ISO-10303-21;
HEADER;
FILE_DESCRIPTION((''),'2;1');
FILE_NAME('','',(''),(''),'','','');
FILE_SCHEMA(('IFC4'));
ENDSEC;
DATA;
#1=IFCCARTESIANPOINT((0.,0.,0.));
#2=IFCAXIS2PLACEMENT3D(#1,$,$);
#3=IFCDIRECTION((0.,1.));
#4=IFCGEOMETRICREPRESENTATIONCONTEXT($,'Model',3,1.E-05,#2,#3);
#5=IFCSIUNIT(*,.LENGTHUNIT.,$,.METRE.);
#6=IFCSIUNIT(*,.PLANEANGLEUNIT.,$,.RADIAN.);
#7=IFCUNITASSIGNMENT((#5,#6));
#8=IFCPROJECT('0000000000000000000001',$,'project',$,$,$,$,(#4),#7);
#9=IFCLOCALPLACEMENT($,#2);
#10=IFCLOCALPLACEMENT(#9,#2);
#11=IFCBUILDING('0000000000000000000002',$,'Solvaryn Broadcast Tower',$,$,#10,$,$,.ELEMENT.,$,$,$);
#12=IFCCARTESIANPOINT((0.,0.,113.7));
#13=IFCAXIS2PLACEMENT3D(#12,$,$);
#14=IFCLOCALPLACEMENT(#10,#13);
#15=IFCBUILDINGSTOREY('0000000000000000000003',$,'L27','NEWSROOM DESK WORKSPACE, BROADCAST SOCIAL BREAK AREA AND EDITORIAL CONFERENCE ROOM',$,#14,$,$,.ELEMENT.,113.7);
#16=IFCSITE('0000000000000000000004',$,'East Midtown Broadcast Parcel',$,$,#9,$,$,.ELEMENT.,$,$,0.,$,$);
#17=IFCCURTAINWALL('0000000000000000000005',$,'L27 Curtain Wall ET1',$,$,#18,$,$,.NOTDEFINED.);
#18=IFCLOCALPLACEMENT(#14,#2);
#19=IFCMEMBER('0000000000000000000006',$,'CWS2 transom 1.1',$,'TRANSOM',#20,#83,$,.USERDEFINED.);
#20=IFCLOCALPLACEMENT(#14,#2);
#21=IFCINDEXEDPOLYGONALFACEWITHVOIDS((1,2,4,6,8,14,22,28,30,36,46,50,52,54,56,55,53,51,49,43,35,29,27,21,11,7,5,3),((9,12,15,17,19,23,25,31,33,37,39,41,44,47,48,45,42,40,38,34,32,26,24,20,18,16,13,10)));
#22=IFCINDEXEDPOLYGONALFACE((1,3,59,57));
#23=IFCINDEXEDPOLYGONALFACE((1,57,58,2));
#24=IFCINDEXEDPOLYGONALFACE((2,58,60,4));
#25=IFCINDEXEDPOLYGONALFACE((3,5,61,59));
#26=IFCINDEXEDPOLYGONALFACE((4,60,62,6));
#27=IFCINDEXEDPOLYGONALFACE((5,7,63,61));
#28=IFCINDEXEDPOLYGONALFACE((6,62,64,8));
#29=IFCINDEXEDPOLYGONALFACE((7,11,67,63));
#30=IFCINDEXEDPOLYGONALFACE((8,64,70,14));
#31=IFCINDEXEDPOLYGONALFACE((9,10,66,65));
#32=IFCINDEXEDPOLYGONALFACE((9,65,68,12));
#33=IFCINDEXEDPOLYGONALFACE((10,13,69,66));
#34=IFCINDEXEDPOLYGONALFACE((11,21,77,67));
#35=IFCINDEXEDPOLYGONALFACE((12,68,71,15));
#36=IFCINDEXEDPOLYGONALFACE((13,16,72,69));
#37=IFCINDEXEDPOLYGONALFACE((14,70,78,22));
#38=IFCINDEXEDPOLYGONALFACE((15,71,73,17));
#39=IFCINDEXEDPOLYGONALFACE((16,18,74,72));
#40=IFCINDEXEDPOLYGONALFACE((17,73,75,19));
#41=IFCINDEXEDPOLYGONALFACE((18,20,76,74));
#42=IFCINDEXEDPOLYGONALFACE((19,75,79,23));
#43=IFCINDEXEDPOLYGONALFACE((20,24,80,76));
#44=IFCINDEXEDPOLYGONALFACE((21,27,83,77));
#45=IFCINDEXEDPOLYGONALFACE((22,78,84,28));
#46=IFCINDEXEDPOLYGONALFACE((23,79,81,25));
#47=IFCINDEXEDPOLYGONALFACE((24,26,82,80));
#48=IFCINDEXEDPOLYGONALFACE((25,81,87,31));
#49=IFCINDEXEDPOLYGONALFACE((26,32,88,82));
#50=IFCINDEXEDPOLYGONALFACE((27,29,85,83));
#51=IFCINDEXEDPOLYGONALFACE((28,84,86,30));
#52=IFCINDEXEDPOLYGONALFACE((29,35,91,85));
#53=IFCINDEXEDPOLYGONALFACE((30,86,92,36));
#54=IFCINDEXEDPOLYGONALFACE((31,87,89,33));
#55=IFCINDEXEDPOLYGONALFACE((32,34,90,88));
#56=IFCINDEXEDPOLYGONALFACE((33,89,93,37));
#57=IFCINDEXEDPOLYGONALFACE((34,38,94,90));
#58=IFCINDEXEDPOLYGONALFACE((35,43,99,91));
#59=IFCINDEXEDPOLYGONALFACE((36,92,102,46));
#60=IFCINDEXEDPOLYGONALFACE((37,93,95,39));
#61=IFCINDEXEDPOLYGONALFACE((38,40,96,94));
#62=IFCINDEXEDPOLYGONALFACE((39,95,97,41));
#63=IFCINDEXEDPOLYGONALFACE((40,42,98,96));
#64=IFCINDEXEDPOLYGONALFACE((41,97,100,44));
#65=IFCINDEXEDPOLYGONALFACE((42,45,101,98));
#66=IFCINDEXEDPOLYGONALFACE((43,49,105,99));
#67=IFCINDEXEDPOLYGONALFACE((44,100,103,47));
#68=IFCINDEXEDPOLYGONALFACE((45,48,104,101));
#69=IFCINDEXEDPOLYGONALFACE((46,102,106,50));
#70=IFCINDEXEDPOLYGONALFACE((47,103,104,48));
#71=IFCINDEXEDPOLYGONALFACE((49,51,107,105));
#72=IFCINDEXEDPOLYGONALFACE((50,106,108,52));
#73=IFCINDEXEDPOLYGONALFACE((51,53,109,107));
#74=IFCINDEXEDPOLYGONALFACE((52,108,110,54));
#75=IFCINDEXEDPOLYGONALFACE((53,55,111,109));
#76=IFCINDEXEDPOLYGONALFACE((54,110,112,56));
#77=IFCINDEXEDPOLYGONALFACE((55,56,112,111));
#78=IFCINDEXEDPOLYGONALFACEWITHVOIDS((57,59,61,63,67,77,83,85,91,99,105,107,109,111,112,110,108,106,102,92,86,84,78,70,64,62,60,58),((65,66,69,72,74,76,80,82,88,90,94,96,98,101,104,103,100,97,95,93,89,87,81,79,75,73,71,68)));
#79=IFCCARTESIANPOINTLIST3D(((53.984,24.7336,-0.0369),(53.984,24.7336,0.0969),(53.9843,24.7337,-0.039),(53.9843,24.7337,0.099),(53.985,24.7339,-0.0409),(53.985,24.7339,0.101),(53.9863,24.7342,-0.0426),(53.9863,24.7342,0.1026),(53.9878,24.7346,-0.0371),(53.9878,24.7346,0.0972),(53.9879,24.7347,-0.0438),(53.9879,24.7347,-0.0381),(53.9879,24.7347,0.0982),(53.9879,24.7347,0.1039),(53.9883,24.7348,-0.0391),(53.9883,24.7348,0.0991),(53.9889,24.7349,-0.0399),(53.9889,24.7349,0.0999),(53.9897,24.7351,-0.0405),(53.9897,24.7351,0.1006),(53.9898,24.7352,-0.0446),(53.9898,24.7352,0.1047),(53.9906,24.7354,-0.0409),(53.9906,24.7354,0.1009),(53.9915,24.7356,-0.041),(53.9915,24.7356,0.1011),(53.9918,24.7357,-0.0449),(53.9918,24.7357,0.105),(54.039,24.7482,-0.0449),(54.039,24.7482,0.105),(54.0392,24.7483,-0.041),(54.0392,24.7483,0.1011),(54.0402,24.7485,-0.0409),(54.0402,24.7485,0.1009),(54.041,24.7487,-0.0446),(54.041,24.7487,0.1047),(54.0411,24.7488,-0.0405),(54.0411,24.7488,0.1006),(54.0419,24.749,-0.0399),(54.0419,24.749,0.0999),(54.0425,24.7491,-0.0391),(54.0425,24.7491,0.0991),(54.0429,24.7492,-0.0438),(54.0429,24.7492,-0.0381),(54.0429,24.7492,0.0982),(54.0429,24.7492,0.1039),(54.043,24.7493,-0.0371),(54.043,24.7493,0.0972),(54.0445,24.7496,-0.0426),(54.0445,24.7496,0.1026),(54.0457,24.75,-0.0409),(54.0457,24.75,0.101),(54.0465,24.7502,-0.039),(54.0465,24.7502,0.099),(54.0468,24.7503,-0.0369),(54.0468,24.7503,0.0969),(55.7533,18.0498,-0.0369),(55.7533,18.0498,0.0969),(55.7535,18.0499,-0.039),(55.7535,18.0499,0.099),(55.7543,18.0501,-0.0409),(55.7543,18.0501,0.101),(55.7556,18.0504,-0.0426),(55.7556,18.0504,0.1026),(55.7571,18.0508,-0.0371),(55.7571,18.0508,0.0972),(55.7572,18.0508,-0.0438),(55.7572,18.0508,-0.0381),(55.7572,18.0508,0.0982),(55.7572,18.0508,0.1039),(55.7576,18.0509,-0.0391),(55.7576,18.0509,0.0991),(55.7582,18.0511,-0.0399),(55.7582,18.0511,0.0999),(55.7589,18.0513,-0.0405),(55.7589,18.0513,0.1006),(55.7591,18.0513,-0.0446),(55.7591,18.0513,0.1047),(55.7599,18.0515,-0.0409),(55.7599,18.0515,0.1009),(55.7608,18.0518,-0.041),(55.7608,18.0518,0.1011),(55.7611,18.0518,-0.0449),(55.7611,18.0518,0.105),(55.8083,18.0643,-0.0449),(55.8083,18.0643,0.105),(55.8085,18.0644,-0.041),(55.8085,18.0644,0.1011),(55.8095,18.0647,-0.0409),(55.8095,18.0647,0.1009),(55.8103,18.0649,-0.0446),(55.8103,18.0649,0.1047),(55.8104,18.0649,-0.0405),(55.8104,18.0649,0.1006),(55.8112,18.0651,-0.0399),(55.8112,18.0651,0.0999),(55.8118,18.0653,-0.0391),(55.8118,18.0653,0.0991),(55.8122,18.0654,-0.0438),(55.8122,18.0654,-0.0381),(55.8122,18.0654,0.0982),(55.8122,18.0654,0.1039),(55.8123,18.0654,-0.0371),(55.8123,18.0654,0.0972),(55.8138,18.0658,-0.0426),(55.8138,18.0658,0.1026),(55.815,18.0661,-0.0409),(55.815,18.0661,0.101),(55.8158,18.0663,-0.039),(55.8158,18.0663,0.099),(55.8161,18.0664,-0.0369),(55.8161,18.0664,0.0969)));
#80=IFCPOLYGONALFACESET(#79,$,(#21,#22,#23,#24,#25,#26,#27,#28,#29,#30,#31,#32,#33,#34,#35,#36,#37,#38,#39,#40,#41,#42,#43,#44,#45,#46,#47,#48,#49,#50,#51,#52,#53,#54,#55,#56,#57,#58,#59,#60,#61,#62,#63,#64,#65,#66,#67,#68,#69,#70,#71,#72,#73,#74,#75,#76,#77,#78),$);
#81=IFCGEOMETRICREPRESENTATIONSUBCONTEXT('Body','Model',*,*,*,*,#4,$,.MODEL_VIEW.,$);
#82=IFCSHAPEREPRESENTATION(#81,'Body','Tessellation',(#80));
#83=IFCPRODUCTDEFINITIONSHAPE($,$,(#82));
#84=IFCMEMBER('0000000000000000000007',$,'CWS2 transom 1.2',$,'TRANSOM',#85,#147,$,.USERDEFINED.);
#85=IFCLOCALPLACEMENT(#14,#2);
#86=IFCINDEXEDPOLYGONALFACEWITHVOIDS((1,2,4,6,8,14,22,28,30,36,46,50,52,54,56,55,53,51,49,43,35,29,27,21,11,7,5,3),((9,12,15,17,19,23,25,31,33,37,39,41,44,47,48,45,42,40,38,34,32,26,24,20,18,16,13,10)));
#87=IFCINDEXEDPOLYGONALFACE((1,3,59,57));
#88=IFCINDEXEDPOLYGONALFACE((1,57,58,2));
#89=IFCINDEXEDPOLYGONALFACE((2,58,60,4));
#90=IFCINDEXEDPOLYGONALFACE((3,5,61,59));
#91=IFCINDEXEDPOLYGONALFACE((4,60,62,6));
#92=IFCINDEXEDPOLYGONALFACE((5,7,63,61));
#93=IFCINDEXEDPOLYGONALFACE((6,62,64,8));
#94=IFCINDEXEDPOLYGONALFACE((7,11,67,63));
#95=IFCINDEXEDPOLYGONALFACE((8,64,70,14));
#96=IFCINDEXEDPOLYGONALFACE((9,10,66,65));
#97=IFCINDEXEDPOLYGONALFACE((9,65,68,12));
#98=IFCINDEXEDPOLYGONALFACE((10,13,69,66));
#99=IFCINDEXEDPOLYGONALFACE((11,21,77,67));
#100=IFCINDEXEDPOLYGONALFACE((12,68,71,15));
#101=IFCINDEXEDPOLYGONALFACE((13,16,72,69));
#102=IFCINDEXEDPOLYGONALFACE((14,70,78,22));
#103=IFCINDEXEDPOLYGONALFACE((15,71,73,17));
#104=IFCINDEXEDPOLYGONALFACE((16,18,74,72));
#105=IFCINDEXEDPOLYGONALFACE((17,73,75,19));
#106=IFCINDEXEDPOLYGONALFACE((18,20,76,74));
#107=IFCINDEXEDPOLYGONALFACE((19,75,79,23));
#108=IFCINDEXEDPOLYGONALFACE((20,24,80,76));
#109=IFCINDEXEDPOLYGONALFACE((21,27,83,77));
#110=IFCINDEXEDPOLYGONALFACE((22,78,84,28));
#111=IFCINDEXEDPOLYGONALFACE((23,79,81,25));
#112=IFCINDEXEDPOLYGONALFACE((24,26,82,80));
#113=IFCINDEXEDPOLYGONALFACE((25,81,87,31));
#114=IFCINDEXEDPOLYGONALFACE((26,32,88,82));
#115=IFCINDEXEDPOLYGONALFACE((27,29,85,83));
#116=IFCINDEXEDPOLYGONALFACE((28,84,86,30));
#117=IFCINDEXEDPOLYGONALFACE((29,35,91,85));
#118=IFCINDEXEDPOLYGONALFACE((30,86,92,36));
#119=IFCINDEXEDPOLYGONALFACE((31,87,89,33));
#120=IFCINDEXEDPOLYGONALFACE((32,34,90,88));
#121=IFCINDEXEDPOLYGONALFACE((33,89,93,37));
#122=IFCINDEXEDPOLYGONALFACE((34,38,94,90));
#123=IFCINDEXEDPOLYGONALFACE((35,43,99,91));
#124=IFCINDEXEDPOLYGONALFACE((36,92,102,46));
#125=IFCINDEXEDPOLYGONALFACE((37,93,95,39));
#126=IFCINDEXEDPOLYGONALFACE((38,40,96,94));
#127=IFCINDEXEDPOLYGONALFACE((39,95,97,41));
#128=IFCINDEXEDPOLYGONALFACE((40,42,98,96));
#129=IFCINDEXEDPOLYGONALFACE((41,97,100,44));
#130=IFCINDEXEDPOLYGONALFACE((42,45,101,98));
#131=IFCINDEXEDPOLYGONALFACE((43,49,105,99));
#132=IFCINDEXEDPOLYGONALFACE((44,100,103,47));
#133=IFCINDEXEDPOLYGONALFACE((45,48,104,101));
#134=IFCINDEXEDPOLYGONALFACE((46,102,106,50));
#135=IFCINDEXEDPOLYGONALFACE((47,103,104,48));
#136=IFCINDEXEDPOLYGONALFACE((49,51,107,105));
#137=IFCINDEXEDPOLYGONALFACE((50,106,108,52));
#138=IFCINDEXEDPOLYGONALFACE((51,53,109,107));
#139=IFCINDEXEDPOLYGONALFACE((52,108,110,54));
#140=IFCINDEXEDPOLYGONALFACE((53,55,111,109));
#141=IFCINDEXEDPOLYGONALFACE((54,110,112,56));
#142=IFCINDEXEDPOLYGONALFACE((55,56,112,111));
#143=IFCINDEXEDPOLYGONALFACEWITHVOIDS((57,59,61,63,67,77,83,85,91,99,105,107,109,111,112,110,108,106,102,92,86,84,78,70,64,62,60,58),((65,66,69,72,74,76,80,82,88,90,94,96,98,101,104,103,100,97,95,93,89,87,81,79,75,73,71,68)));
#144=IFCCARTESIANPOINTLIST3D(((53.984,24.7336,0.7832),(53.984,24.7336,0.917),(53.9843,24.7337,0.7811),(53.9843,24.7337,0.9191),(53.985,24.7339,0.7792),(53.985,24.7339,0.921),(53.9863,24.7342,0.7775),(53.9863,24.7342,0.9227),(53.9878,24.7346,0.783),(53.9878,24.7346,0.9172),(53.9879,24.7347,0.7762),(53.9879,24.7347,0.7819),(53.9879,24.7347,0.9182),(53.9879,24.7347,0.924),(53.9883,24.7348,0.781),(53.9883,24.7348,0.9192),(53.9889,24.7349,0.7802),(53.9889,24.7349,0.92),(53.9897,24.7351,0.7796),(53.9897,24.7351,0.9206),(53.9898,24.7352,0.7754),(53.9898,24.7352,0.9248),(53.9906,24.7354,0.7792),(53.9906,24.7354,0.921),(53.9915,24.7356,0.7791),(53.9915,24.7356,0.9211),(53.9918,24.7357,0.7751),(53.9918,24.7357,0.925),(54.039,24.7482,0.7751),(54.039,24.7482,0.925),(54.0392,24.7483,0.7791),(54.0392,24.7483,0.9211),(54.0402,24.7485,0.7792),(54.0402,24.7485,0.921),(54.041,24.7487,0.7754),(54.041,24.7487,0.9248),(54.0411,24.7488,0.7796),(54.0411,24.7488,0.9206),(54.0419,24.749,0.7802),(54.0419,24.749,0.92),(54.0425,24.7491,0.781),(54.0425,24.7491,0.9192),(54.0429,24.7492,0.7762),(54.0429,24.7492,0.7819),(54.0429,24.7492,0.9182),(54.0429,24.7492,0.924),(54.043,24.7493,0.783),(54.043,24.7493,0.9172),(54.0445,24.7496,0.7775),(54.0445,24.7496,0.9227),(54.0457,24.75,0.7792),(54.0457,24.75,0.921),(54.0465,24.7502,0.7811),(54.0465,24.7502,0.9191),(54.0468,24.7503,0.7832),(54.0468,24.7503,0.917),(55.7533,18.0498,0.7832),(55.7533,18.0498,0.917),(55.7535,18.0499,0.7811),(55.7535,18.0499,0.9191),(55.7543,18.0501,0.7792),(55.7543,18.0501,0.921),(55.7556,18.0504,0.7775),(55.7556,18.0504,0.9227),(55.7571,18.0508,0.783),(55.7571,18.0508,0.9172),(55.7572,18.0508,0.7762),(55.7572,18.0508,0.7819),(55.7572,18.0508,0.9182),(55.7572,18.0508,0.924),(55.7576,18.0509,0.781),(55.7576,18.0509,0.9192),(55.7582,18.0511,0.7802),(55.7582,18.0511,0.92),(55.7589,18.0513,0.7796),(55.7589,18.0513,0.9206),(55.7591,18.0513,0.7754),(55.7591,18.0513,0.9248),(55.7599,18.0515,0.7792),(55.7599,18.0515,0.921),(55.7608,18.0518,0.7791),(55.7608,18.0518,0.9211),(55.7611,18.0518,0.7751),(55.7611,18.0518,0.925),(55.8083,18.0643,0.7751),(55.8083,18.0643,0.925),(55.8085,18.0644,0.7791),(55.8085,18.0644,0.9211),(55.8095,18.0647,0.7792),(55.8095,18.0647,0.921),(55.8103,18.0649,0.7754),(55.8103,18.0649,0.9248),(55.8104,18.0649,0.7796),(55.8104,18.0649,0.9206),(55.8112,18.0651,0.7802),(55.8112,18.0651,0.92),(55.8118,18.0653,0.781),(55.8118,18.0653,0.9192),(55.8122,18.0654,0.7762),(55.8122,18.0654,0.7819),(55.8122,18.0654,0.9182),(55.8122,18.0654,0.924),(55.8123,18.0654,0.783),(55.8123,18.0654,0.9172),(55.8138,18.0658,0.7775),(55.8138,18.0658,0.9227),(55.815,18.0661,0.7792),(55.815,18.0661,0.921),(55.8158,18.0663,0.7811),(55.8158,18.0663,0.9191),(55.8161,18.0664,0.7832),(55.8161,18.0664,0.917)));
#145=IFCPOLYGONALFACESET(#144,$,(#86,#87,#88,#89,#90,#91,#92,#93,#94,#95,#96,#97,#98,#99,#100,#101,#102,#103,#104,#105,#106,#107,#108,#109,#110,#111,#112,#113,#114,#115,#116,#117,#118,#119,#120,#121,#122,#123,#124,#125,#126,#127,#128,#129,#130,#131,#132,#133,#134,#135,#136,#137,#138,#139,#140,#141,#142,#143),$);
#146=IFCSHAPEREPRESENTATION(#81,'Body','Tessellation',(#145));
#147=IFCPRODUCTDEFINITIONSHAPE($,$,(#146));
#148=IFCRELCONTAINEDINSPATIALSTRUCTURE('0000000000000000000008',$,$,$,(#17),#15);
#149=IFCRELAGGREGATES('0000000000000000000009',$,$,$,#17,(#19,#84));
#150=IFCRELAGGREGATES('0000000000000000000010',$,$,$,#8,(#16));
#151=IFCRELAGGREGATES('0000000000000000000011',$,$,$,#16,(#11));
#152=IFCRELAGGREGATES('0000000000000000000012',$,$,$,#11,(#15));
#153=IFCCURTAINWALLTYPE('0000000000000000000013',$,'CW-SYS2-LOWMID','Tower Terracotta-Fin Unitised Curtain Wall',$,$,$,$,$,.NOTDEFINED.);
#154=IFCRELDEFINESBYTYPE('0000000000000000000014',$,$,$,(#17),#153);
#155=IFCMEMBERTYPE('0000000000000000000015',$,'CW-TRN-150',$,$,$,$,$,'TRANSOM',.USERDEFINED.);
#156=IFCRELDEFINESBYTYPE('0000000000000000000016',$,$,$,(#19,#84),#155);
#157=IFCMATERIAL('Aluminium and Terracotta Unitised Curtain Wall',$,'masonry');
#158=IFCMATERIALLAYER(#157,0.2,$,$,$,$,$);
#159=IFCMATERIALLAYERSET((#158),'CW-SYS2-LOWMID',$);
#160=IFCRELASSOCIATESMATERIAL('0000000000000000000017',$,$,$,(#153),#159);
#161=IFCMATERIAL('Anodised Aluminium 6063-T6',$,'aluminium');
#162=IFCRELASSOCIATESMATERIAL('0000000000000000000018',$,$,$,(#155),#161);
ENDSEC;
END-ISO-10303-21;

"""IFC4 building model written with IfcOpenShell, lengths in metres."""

from ifc_helpers import new_model, si_unit, direction, frame, origin, origin_2d, place, context, subcontext, project, spatial, hollow_rectangle, extrude, material, layer, layer_set, material_profile, profile_set, type_object, element, aggregate, save


model = new_model("IFC4")

# Units and contexts
model_context = context("Model", 3, precision=1e-05, world=origin(), true_north=direction((0.0, 1.0)))
body_context = subcontext(model_context, "Body", "Model", "MODEL_VIEW")
ifc_project = project(units=[si_unit("LENGTHUNIT", "METRE"), si_unit("PLANEANGLEUNIT", "RADIAN")], contexts=[model_context])

# Site, building, storey
site_placement = place(None, origin())
site = spatial("IfcSite", under=ifc_project, at=site_placement, Name="East Midtown Broadcast Parcel", CompositionType="ELEMENT", RefElevation=0.0)
building_placement = place(site_placement, origin())
building = spatial("IfcBuilding", under=site, at=building_placement, Name="Solvaryn Broadcast Tower", CompositionType="ELEMENT")
storey_placement = place(building_placement, frame((0.0, 0.0, 113.7)))
storey = spatial("IfcBuildingStorey", under=building, at=storey_placement, Name="L27", Description="NEWSROOM DESK WORKSPACE, BROADCAST SOCIAL BREAK AREA AND EDITORIAL CONFERENCE ROOM", CompositionType="ELEMENT", Elevation=113.7)

# Curtain wall
ifc_material_1 = material(Name="Aluminium and Terracotta Unitised Curtain Wall", Category="masonry")
ifc_layer_1 = layer(ifc_material_1, 0.2)
ifc_layer_set_1 = layer_set([ifc_layer_1], Name="CW-SYS2-LOWMID")
curtain_wall_type = type_object("IfcCurtainWallType", Name="CW-SYS2-LOWMID", Description="Tower Terracotta-Fin Unitised Curtain Wall", PredefinedType="NOTDEFINED", material=ifc_layer_set_1)
curtain_wall_1_placement = place(storey_placement, origin())
curtain_wall_1 = element("IfcCurtainWall", 1, at=curtain_wall_1_placement, inside=storey, type_object=curtain_wall_type, Name="L27 Curtain Wall ET1", PredefinedType="NOTDEFINED")

# Members
ifc_material_2 = material(Name="Anodised Aluminium 6063-T6", Category="aluminium")
ifc_material_profile_1 = material_profile(ifc_material_2, hollow_rectangle(XDim=0.0649, YDim=0.1499, WallThickness=0.0039, InnerFilletRadius=0.0039, OuterFilletRadius=0.0081, at=origin_2d()))
ifc_profile_set_1 = profile_set([ifc_material_profile_1], Name="Anodised Aluminium 6063-T6")
member_type_1 = type_object("IfcMemberType", Name="CW-TRN-150", ElementType="TRANSOM", PredefinedType="USERDEFINED", material=ifc_profile_set_1)
member_1_placement = place(storey_placement, frame((54.0154, 24.7419, 0.03), z_axis=(0.255897, -0.966704, 0.0), x_axis=(0.966704, 0.255897, 0.0)))
member_1 = element("IfcMember", 2, at=member_1_placement, type_object=member_type_1, Name="CWS2 transom 1.1", ObjectType="TRANSOM", PredefinedType="USERDEFINED", context=body_context, shape_type="SweptSolid", body=[
    extrude(hollow_rectangle(XDim=0.0649, YDim=0.1499, WallThickness=0.0039, InnerFilletRadius=0.0039, OuterFilletRadius=0.0081, at=origin_2d()), origin(), (0.0, 0.0, 1.0), 6.9141),
])
member_2_placement = place(storey_placement, frame((54.0154, 24.7419, 0.8501), z_axis=(0.255897, -0.966704, 0.0), x_axis=(0.966704, 0.255897, 0.0)))
member_2 = element("IfcMember", 3, at=member_2_placement, type_object=member_type_1, Name="CWS2 transom 1.2", ObjectType="TRANSOM", PredefinedType="USERDEFINED", context=body_context, shape_type="SweptSolid", body=[
    extrude(hollow_rectangle(XDim=0.0649, YDim=0.1499, WallThickness=0.0039, InnerFilletRadius=0.0039, OuterFilletRadius=0.0081, at=origin_2d()), origin(), (0.0, 0.0, 1.0), 6.9141),
])

aggregate(curtain_wall_1, [member_1, member_2])

save(model, "model.ifc")
